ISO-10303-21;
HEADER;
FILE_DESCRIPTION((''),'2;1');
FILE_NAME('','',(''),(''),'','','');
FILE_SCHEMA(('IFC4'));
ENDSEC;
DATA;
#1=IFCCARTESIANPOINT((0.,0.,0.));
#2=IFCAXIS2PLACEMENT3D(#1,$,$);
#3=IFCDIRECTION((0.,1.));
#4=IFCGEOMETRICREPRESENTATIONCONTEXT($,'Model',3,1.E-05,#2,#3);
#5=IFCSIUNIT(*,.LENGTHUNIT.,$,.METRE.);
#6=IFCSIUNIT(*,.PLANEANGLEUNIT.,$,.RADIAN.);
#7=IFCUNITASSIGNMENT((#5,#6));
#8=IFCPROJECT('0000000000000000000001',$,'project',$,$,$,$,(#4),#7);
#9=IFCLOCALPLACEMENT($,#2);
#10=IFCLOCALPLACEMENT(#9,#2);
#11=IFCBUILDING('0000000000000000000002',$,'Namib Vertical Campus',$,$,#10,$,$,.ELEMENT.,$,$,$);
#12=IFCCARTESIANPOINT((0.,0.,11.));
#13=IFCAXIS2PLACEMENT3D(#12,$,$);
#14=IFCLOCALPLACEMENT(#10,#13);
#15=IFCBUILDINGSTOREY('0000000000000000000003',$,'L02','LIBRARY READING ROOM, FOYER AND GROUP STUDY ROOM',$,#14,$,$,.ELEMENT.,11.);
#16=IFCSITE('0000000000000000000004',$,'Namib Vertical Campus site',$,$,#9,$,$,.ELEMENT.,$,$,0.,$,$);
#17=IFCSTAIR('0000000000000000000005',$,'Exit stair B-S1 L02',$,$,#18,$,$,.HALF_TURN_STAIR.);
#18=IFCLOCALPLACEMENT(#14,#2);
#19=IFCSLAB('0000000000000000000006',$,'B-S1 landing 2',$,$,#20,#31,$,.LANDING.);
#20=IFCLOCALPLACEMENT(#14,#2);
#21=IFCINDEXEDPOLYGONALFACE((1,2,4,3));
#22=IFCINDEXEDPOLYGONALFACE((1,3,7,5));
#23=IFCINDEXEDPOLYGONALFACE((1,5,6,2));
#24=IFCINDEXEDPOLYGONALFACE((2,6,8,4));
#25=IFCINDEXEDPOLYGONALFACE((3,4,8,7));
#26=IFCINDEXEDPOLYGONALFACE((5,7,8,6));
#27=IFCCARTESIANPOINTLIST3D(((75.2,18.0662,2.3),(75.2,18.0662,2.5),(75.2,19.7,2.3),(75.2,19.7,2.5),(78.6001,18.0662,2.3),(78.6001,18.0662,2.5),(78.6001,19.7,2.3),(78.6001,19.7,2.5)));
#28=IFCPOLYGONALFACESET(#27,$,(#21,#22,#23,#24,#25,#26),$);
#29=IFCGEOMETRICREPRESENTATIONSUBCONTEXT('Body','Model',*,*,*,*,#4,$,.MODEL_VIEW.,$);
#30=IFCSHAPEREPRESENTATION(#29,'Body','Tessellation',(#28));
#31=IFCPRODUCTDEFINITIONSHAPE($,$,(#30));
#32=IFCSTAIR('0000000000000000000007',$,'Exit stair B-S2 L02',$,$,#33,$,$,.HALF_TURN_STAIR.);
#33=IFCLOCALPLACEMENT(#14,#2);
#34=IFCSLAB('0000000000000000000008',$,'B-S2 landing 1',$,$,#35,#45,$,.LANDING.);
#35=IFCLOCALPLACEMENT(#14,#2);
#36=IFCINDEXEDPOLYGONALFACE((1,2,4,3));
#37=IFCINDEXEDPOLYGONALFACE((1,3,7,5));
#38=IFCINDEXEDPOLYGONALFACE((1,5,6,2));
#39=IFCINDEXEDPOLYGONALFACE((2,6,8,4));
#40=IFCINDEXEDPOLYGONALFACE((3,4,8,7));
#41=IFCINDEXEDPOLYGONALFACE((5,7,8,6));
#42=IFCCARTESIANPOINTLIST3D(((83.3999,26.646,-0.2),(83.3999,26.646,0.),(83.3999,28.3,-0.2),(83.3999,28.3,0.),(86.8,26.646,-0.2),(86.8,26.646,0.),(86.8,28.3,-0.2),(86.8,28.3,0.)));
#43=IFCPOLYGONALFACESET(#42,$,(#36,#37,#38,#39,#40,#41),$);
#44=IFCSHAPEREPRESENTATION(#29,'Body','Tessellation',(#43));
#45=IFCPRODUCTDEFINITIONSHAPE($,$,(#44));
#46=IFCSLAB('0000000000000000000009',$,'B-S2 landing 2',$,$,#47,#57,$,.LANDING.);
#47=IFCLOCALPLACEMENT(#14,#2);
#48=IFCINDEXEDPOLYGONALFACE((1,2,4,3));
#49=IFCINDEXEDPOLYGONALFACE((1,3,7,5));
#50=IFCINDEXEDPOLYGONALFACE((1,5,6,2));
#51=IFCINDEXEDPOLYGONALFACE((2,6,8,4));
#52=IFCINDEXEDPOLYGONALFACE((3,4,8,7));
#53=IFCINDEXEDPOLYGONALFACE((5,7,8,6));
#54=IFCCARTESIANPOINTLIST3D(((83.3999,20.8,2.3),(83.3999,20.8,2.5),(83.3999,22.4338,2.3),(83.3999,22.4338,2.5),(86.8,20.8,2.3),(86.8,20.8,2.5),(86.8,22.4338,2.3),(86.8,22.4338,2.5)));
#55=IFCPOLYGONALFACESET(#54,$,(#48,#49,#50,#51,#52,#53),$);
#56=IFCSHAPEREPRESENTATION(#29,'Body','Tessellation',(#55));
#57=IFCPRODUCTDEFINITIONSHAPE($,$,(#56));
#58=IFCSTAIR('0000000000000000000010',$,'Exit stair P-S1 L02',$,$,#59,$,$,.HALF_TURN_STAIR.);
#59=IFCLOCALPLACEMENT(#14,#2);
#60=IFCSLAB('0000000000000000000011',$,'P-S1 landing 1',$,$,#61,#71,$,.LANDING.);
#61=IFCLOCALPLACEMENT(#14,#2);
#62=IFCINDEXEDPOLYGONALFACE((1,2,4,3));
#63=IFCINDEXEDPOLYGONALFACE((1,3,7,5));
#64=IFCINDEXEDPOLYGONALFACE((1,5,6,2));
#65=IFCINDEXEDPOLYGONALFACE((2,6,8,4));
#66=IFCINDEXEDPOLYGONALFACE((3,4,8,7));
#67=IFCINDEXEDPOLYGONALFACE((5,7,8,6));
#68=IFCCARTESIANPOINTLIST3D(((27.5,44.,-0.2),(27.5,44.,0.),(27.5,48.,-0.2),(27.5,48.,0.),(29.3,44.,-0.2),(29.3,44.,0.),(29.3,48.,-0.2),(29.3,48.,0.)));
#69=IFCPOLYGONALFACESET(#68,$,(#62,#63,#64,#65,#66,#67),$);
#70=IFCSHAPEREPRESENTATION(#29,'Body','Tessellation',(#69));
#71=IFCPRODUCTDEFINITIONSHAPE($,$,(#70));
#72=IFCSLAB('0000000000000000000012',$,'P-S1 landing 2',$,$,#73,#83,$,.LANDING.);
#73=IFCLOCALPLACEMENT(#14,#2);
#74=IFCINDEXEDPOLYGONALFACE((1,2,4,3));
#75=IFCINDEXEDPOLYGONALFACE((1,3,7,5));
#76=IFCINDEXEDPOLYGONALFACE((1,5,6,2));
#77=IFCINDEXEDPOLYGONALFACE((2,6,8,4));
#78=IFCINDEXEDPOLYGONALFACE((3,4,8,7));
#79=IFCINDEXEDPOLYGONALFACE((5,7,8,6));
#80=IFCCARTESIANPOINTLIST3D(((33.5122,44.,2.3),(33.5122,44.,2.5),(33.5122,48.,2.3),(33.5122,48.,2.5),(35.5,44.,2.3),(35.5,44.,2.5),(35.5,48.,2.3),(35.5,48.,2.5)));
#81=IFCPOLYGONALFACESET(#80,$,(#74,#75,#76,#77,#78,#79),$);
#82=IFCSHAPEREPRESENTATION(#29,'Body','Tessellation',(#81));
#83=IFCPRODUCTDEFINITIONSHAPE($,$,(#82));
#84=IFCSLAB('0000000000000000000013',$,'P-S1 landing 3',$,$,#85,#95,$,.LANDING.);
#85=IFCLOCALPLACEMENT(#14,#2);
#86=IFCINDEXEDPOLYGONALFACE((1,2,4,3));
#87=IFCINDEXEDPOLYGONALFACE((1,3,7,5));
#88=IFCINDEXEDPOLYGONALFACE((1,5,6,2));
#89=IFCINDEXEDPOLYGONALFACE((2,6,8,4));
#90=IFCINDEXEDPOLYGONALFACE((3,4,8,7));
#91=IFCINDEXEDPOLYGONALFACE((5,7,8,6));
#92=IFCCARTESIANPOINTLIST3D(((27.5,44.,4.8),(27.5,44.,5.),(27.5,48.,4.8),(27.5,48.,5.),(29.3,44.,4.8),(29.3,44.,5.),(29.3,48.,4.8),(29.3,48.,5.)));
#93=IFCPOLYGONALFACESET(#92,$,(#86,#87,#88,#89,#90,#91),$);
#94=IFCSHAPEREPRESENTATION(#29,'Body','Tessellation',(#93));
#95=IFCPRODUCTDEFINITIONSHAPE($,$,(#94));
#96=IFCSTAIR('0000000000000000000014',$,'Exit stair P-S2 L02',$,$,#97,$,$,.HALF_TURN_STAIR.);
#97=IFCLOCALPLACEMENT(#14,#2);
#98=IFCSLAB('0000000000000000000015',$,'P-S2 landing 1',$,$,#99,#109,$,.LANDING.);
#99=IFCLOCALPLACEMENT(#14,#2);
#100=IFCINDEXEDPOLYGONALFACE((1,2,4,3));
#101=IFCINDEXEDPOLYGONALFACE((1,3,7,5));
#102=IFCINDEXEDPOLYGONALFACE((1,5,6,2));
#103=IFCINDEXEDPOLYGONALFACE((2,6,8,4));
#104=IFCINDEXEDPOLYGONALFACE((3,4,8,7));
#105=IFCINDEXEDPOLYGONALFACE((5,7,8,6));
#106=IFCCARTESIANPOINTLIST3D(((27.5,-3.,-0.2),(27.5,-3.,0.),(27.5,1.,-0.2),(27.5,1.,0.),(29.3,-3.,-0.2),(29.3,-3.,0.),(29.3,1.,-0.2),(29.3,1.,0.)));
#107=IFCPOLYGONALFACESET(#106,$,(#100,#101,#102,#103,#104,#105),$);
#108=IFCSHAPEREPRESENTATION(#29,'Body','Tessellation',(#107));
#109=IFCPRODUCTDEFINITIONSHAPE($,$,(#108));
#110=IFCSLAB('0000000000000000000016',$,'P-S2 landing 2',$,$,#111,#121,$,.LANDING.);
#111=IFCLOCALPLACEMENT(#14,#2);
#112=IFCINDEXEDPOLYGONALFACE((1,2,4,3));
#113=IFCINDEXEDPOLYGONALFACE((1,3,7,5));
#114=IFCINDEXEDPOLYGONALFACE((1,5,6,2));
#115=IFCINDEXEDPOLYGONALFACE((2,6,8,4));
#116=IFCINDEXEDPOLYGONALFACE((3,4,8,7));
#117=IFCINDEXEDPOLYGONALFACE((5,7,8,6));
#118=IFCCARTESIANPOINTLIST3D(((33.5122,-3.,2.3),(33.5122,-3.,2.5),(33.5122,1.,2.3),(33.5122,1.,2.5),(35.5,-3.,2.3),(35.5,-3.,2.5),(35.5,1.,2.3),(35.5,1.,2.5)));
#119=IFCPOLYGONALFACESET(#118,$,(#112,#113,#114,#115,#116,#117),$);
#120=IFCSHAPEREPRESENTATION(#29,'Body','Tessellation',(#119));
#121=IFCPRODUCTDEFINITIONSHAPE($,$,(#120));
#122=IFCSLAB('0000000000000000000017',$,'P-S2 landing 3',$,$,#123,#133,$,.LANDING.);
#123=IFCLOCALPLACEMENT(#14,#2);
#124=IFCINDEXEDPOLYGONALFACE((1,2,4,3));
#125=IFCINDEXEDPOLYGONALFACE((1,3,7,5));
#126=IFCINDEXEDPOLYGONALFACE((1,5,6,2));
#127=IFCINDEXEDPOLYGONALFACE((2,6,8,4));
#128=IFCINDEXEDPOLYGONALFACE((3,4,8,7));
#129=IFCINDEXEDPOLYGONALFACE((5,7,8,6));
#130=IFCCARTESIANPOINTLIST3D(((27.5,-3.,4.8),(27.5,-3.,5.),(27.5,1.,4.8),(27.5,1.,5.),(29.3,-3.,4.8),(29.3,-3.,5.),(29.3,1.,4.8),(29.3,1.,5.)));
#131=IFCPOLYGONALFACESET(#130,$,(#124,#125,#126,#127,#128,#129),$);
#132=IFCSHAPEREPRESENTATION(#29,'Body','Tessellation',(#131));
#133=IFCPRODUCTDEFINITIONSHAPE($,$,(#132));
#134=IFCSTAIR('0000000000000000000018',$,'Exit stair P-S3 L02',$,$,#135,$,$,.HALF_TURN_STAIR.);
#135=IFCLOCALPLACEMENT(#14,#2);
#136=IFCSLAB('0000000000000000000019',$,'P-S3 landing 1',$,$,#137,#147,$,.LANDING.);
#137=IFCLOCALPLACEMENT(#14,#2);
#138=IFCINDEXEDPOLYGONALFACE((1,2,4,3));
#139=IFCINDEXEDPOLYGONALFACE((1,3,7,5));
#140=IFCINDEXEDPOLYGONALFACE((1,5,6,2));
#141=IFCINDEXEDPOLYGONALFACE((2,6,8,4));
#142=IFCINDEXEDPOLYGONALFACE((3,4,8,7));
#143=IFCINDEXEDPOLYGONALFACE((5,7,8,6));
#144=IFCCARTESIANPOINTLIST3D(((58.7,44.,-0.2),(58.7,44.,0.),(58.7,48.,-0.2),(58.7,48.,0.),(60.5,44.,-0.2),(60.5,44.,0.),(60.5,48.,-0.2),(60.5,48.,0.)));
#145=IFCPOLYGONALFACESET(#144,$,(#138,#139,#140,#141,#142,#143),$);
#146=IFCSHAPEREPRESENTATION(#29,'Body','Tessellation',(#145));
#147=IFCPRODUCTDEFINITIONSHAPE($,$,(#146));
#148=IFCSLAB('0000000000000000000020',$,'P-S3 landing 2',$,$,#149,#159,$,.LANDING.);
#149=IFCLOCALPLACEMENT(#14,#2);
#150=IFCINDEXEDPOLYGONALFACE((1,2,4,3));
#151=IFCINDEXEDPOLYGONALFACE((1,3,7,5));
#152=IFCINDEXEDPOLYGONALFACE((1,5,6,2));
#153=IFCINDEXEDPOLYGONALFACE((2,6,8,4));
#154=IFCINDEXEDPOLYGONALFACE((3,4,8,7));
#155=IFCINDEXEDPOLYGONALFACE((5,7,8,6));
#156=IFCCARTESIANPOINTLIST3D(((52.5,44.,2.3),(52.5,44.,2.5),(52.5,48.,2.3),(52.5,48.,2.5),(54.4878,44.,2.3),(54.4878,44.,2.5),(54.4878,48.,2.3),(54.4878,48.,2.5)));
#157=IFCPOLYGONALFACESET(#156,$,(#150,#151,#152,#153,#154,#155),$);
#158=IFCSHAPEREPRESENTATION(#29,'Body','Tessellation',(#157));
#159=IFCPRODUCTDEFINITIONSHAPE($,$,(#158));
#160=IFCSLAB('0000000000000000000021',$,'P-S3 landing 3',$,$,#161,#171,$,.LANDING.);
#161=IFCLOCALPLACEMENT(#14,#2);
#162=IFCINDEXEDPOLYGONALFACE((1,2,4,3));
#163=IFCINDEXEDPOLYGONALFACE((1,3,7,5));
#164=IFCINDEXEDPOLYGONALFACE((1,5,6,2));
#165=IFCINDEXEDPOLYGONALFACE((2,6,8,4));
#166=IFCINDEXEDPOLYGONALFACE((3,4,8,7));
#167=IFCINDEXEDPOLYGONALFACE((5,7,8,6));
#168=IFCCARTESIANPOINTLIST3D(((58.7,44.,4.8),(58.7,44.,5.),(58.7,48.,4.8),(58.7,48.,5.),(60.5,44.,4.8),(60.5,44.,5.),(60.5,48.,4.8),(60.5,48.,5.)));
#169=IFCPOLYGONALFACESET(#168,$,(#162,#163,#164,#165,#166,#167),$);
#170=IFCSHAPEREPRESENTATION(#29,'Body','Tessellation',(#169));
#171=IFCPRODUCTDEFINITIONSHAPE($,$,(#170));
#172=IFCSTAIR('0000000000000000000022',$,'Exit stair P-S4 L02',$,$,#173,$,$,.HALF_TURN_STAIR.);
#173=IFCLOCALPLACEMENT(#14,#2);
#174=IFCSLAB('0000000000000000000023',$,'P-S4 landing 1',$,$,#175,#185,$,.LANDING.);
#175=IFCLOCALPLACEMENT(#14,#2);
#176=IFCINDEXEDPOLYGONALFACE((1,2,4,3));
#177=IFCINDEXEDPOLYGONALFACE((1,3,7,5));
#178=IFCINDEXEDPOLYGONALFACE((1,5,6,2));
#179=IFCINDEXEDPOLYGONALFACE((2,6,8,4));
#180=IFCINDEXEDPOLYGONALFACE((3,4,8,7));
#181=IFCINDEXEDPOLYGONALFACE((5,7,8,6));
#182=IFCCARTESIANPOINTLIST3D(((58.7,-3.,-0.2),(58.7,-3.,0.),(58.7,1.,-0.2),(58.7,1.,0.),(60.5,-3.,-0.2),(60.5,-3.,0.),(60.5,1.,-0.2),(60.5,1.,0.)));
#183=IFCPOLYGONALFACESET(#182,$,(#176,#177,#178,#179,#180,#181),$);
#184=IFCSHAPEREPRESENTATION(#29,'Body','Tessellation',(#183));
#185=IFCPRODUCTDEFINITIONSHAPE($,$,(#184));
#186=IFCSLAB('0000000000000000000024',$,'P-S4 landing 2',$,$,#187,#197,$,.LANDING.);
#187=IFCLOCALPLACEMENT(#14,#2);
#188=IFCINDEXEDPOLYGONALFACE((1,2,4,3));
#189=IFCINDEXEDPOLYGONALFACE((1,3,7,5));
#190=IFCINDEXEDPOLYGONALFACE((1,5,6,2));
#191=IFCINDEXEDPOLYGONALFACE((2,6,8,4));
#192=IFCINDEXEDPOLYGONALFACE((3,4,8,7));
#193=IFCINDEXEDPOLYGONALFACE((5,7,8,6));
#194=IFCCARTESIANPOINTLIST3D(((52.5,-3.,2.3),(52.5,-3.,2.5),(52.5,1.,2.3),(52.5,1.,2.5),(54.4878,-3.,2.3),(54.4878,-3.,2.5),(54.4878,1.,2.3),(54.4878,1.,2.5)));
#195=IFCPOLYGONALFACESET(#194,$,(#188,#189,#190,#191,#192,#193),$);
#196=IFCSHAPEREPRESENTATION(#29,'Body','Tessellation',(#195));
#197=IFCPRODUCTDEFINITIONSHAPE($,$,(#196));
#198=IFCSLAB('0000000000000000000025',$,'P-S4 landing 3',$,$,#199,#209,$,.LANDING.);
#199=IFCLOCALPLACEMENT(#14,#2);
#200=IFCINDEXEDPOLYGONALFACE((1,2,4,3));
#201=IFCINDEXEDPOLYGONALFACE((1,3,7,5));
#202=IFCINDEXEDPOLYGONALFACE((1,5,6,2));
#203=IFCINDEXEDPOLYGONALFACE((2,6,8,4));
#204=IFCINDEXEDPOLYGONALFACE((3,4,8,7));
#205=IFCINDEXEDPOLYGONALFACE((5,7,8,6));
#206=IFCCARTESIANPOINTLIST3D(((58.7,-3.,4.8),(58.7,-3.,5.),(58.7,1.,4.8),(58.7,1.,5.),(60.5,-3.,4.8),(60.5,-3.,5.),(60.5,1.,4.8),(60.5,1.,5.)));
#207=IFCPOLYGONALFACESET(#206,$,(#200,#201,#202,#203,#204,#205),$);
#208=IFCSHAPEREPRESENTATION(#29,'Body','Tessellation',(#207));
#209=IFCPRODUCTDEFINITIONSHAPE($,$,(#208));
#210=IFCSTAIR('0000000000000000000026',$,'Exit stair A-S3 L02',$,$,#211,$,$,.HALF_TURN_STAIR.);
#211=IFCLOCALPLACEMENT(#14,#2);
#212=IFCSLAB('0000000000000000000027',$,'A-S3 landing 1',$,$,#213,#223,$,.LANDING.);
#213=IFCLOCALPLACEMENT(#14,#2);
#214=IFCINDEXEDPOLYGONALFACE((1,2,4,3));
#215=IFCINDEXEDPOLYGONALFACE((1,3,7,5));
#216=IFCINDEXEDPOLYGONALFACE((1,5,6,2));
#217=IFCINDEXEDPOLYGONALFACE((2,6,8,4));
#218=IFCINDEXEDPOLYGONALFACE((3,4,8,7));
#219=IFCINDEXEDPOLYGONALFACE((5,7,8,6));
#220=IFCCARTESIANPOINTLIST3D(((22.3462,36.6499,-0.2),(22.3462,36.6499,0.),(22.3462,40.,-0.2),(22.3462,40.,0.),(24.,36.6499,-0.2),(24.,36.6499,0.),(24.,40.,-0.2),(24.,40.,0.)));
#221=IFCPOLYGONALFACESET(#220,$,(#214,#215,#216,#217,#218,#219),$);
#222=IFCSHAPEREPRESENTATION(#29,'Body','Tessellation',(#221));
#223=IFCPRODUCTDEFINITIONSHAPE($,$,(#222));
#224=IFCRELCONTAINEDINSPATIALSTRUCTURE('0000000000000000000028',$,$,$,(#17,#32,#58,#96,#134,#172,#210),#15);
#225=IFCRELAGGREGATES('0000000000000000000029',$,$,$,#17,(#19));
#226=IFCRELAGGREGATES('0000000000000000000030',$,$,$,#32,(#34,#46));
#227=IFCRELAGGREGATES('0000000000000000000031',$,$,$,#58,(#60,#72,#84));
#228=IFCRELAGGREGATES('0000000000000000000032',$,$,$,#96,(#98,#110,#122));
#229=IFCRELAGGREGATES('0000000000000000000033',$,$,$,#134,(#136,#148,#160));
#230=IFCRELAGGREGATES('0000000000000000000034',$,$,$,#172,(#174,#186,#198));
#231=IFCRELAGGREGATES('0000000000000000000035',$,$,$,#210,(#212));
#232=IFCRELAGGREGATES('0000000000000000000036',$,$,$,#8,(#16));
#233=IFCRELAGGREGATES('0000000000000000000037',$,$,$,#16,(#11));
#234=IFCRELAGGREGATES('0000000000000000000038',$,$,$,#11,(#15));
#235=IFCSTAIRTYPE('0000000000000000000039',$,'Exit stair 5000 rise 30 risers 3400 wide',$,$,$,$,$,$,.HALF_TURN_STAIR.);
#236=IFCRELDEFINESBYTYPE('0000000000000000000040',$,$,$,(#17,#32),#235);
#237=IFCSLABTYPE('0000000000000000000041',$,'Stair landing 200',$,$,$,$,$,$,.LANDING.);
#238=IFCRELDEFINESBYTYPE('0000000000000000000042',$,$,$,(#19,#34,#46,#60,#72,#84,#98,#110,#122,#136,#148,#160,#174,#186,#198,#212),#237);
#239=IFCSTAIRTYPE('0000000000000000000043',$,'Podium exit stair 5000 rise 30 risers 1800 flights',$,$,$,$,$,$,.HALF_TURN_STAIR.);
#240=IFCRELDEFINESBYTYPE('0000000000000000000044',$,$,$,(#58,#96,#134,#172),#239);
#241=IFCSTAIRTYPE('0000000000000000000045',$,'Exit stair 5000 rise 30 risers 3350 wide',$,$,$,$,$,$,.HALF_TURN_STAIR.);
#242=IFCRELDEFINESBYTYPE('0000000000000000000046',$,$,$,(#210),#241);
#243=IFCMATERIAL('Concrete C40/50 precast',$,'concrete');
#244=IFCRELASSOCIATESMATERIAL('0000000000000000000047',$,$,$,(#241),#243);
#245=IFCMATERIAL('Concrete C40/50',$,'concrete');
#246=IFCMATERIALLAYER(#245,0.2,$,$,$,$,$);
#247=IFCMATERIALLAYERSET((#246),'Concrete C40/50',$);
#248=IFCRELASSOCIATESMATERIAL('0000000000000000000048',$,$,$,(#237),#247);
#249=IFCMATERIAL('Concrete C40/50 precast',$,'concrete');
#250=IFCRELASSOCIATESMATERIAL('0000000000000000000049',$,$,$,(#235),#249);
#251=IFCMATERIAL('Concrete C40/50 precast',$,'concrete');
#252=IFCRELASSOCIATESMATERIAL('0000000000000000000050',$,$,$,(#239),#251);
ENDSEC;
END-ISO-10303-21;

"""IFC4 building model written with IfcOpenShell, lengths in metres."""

from ifc_helpers import new_model, si_unit, direction, frame, origin, place, context, subcontext, project, spatial, polyline, outline, extrude, material, layer, layer_set, type_object, element, aggregate, save


model = new_model("IFC4")

# Units and contexts
model_context = context("Model", 3, precision=1e-05, world=origin(), true_north=direction((0.0, 1.0)))
body_context = subcontext(model_context, "Body", "Model", "MODEL_VIEW")
ifc_project = project(units=[si_unit("LENGTHUNIT", "METRE"), si_unit("PLANEANGLEUNIT", "RADIAN")], contexts=[model_context])

# Site, building, storey
site_placement = place(None, origin())
site = spatial("IfcSite", under=ifc_project, at=site_placement, Name="Namib Vertical Campus site", CompositionType="ELEMENT", RefElevation=0.0)
building_placement = place(site_placement, origin())
building = spatial("IfcBuilding", under=site, at=building_placement, Name="Namib Vertical Campus", CompositionType="ELEMENT")
storey_placement = place(building_placement, frame((0.0, 0.0, 11.0)))
storey = spatial("IfcBuildingStorey", under=building, at=storey_placement, Name="L02", Description="LIBRARY READING ROOM, FOYER AND GROUP STUDY ROOM", CompositionType="ELEMENT", Elevation=11.0)

# Stairs, slabs
ifc_material_1 = material(Name="Concrete C40/50 precast", Category="concrete")
stair_type_1 = type_object("IfcStairType", Name="Exit stair 5000 rise 30 risers 3350 wide", PredefinedType="HALF_TURN_STAIR", material=ifc_material_1)
ifc_material_2 = material(Name="Concrete C40/50", Category="concrete")
ifc_layer_1 = layer(ifc_material_2, 0.2)
ifc_layer_set_1 = layer_set([ifc_layer_1], Name="Concrete C40/50")
slab_type_1 = type_object("IfcSlabType", Name="Stair landing 200", PredefinedType="LANDING", material=ifc_layer_set_1)
ifc_material_3 = material(Name="Concrete C40/50 precast", Category="concrete")
stair_type_2 = type_object("IfcStairType", Name="Exit stair 5000 rise 30 risers 3400 wide", PredefinedType="HALF_TURN_STAIR", material=ifc_material_3)
stair_1_placement = place(storey_placement, origin())
stair_1 = element("IfcStair", 1, at=stair_1_placement, inside=storey, type_object=stair_type_2, Name="Exit stair B-S1 L02", PredefinedType="HALF_TURN_STAIR")
slab_1_placement = place(storey_placement, frame((0.0, 0.0, 2.3)))
slab_1 = element("IfcSlab", 2, at=slab_1_placement, type_object=slab_type_1, Name="B-S1 landing 2", PredefinedType="LANDING", context=body_context, shape_type="SweptSolid", body=[
    extrude(outline(polyline([(75.2, 18.0662), (78.6001, 18.0662), (78.6001, 19.7), (75.2, 19.7), (75.2, 18.0662)])), origin(), (0.0, 0.0, 1.0), 0.2),
])
aggregate(stair_1, [slab_1])
stair_2_placement = place(storey_placement, origin())
stair_2 = element("IfcStair", 3, at=stair_2_placement, inside=storey, type_object=stair_type_2, Name="Exit stair B-S2 L02", PredefinedType="HALF_TURN_STAIR")
slab_2_placement = place(storey_placement, frame((0.0, 0.0, -0.2)))
slab_2 = element("IfcSlab", 4, at=slab_2_placement, type_object=slab_type_1, Name="B-S2 landing 1", PredefinedType="LANDING", context=body_context, shape_type="SweptSolid", body=[
    extrude(outline(polyline([(83.3999, 26.646), (86.8, 26.646), (86.8, 28.3), (83.3999, 28.3), (83.3999, 26.646)])), origin(), (0.0, 0.0, 1.0), 0.2),
])
slab_3_placement = place(storey_placement, frame((0.0, 0.0, 2.3)))
slab_3 = element("IfcSlab", 5, at=slab_3_placement, type_object=slab_type_1, Name="B-S2 landing 2", PredefinedType="LANDING", context=body_context, shape_type="SweptSolid", body=[
    extrude(outline(polyline([(83.3999, 20.8), (86.8, 20.8), (86.8, 22.4338), (83.3999, 22.4338), (83.3999, 20.8)])), origin(), (0.0, 0.0, 1.0), 0.2),
])
aggregate(stair_2, [slab_2, slab_3])
ifc_material_4 = material(Name="Concrete C40/50 precast", Category="concrete")
stair_type_3 = type_object("IfcStairType", Name="Podium exit stair 5000 rise 30 risers 1800 flights", PredefinedType="HALF_TURN_STAIR", material=ifc_material_4)
stair_3_placement = place(storey_placement, origin())
stair_3 = element("IfcStair", 6, at=stair_3_placement, inside=storey, type_object=stair_type_3, Name="Exit stair P-S1 L02", PredefinedType="HALF_TURN_STAIR")
slab_4_placement = place(storey_placement, frame((0.0, 0.0, -0.2)))
slab_4 = element("IfcSlab", 7, at=slab_4_placement, type_object=slab_type_1, Name="P-S1 landing 1", PredefinedType="LANDING", context=body_context, shape_type="SweptSolid", body=[
    extrude(outline(polyline([(27.5, 44.0), (27.5, 48.0), (29.3, 48.0), (29.3, 44.0), (27.5, 44.0)])), origin(), (0.0, 0.0, 1.0), 0.2),
])
slab_5_placement = place(storey_placement, frame((0.0, 0.0, 2.3)))
slab_5 = element("IfcSlab", 8, at=slab_5_placement, type_object=slab_type_1, Name="P-S1 landing 2", PredefinedType="LANDING", context=body_context, shape_type="SweptSolid", body=[
    extrude(outline(polyline([(33.5122, 44.0), (33.5122, 48.0), (35.5, 48.0), (35.5, 44.0), (33.5122, 44.0)])), origin(), (0.0, 0.0, 1.0), 0.2),
])
slab_6_placement = place(storey_placement, frame((0.0, 0.0, 4.8)))
slab_6 = element("IfcSlab", 9, at=slab_6_placement, type_object=slab_type_1, Name="P-S1 landing 3", PredefinedType="LANDING", context=body_context, shape_type="SweptSolid", body=[
    extrude(outline(polyline([(27.5, 44.0), (27.5, 48.0), (29.3, 48.0), (29.3, 44.0), (27.5, 44.0)])), origin(), (0.0, 0.0, 1.0), 0.2),
])
aggregate(stair_3, [slab_4, slab_5, slab_6])
stair_4_placement = place(storey_placement, origin())
stair_4 = element("IfcStair", 10, at=stair_4_placement, inside=storey, type_object=stair_type_3, Name="Exit stair P-S2 L02", PredefinedType="HALF_TURN_STAIR")
slab_7_placement = place(storey_placement, frame((0.0, 0.0, -0.2)))
slab_7 = element("IfcSlab", 11, at=slab_7_placement, type_object=slab_type_1, Name="P-S2 landing 1", PredefinedType="LANDING", context=body_context, shape_type="SweptSolid", body=[
    extrude(outline(polyline([(27.5, -3.0), (27.5, 1.0), (29.3, 1.0), (29.3, -3.0), (27.5, -3.0)])), origin(), (0.0, 0.0, 1.0), 0.2),
])
slab_8_placement = place(storey_placement, frame((0.0, 0.0, 2.3)))
slab_8 = element("IfcSlab", 12, at=slab_8_placement, type_object=slab_type_1, Name="P-S2 landing 2", PredefinedType="LANDING", context=body_context, shape_type="SweptSolid", body=[
    extrude(outline(polyline([(33.5122, -3.0), (33.5122, 1.0), (35.5, 1.0), (35.5, -3.0), (33.5122, -3.0)])), origin(), (0.0, 0.0, 1.0), 0.2),
])
slab_9_placement = place(storey_placement, frame((0.0, 0.0, 4.8)))
slab_9 = element("IfcSlab", 13, at=slab_9_placement, type_object=slab_type_1, Name="P-S2 landing 3", PredefinedType="LANDING", context=body_context, shape_type="SweptSolid", body=[
    extrude(outline(polyline([(27.5, -3.0), (27.5, 1.0), (29.3, 1.0), (29.3, -3.0), (27.5, -3.0)])), origin(), (0.0, 0.0, 1.0), 0.2),
])
aggregate(stair_4, [slab_7, slab_8, slab_9])
stair_5_placement = place(storey_placement, origin())
stair_5 = element("IfcStair", 14, at=stair_5_placement, inside=storey, type_object=stair_type_3, Name="Exit stair P-S3 L02", PredefinedType="HALF_TURN_STAIR")
slab_10_placement = place(storey_placement, frame((0.0, 0.0, -0.2)))
slab_10 = element("IfcSlab", 15, at=slab_10_placement, type_object=slab_type_1, Name="P-S3 landing 1", PredefinedType="LANDING", context=body_context, shape_type="SweptSolid", body=[
    extrude(outline(polyline([(58.7, 44.0), (58.7, 48.0), (60.5, 48.0), (60.5, 44.0), (58.7, 44.0)])), origin(), (0.0, 0.0, 1.0), 0.2),
])
slab_11_placement = place(storey_placement, frame((0.0, 0.0, 2.3)))
slab_11 = element("IfcSlab", 16, at=slab_11_placement, type_object=slab_type_1, Name="P-S3 landing 2", PredefinedType="LANDING", context=body_context, shape_type="SweptSolid", body=[
    extrude(outline(polyline([(52.5, 44.0), (52.5, 48.0), (54.4878, 48.0), (54.4878, 44.0), (52.5, 44.0)])), origin(), (0.0, 0.0, 1.0), 0.2),
])
slab_12_placement = place(storey_placement, frame((0.0, 0.0, 4.8)))
slab_12 = element("IfcSlab", 17, at=slab_12_placement, type_object=slab_type_1, Name="P-S3 landing 3", PredefinedType="LANDING", context=body_context, shape_type="SweptSolid", body=[
    extrude(outline(polyline([(58.7, 44.0), (58.7, 48.0), (60.5, 48.0), (60.5, 44.0), (58.7, 44.0)])), origin(), (0.0, 0.0, 1.0), 0.2),
])
aggregate(stair_5, [slab_10, slab_11, slab_12])
stair_6_placement = place(storey_placement, origin())
stair_6 = element("IfcStair", 18, at=stair_6_placement, inside=storey, type_object=stair_type_3, Name="Exit stair P-S4 L02", PredefinedType="HALF_TURN_STAIR")
slab_13_placement = place(storey_placement, frame((0.0, 0.0, -0.2)))
slab_13 = element("IfcSlab", 19, at=slab_13_placement, type_object=slab_type_1, Name="P-S4 landing 1", PredefinedType="LANDING", context=body_context, shape_type="SweptSolid", body=[
    extrude(outline(polyline([(58.7, -3.0), (58.7, 1.0), (60.5, 1.0), (60.5, -3.0), (58.7, -3.0)])), origin(), (0.0, 0.0, 1.0), 0.2),
])
slab_14_placement = place(storey_placement, frame((0.0, 0.0, 2.3)))
slab_14 = element("IfcSlab", 20, at=slab_14_placement, type_object=slab_type_1, Name="P-S4 landing 2", PredefinedType="LANDING", context=body_context, shape_type="SweptSolid", body=[
    extrude(outline(polyline([(52.5, -3.0), (52.5, 1.0), (54.4878, 1.0), (54.4878, -3.0), (52.5, -3.0)])), origin(), (0.0, 0.0, 1.0), 0.2),
])
slab_15_placement = place(storey_placement, frame((0.0, 0.0, 4.8)))
slab_15 = element("IfcSlab", 21, at=slab_15_placement, type_object=slab_type_1, Name="P-S4 landing 3", PredefinedType="LANDING", context=body_context, shape_type="SweptSolid", body=[
    extrude(outline(polyline([(58.7, -3.0), (58.7, 1.0), (60.5, 1.0), (60.5, -3.0), (58.7, -3.0)])), origin(), (0.0, 0.0, 1.0), 0.2),
])
aggregate(stair_6, [slab_13, slab_14, slab_15])

# Stair, slab
stair_7_placement = place(storey_placement, origin())
stair_7 = element("IfcStair", 22, at=stair_7_placement, inside=storey, type_object=stair_type_1, Name="Exit stair A-S3 L02", PredefinedType="HALF_TURN_STAIR")
slab_16_placement = place(storey_placement, frame((0.0, 0.0, -0.2)))
slab_16 = element("IfcSlab", 23, at=slab_16_placement, type_object=slab_type_1, Name="A-S3 landing 1", PredefinedType="LANDING", context=body_context, shape_type="SweptSolid", body=[
    extrude(outline(polyline([(22.3462, 36.6499), (22.3462, 40.0), (24.0, 40.0), (24.0, 36.6499), (22.3462, 36.6499)])), origin(), (0.0, 0.0, 1.0), 0.2),
])
aggregate(stair_7, [slab_16])

save(model, "model.ifc")
